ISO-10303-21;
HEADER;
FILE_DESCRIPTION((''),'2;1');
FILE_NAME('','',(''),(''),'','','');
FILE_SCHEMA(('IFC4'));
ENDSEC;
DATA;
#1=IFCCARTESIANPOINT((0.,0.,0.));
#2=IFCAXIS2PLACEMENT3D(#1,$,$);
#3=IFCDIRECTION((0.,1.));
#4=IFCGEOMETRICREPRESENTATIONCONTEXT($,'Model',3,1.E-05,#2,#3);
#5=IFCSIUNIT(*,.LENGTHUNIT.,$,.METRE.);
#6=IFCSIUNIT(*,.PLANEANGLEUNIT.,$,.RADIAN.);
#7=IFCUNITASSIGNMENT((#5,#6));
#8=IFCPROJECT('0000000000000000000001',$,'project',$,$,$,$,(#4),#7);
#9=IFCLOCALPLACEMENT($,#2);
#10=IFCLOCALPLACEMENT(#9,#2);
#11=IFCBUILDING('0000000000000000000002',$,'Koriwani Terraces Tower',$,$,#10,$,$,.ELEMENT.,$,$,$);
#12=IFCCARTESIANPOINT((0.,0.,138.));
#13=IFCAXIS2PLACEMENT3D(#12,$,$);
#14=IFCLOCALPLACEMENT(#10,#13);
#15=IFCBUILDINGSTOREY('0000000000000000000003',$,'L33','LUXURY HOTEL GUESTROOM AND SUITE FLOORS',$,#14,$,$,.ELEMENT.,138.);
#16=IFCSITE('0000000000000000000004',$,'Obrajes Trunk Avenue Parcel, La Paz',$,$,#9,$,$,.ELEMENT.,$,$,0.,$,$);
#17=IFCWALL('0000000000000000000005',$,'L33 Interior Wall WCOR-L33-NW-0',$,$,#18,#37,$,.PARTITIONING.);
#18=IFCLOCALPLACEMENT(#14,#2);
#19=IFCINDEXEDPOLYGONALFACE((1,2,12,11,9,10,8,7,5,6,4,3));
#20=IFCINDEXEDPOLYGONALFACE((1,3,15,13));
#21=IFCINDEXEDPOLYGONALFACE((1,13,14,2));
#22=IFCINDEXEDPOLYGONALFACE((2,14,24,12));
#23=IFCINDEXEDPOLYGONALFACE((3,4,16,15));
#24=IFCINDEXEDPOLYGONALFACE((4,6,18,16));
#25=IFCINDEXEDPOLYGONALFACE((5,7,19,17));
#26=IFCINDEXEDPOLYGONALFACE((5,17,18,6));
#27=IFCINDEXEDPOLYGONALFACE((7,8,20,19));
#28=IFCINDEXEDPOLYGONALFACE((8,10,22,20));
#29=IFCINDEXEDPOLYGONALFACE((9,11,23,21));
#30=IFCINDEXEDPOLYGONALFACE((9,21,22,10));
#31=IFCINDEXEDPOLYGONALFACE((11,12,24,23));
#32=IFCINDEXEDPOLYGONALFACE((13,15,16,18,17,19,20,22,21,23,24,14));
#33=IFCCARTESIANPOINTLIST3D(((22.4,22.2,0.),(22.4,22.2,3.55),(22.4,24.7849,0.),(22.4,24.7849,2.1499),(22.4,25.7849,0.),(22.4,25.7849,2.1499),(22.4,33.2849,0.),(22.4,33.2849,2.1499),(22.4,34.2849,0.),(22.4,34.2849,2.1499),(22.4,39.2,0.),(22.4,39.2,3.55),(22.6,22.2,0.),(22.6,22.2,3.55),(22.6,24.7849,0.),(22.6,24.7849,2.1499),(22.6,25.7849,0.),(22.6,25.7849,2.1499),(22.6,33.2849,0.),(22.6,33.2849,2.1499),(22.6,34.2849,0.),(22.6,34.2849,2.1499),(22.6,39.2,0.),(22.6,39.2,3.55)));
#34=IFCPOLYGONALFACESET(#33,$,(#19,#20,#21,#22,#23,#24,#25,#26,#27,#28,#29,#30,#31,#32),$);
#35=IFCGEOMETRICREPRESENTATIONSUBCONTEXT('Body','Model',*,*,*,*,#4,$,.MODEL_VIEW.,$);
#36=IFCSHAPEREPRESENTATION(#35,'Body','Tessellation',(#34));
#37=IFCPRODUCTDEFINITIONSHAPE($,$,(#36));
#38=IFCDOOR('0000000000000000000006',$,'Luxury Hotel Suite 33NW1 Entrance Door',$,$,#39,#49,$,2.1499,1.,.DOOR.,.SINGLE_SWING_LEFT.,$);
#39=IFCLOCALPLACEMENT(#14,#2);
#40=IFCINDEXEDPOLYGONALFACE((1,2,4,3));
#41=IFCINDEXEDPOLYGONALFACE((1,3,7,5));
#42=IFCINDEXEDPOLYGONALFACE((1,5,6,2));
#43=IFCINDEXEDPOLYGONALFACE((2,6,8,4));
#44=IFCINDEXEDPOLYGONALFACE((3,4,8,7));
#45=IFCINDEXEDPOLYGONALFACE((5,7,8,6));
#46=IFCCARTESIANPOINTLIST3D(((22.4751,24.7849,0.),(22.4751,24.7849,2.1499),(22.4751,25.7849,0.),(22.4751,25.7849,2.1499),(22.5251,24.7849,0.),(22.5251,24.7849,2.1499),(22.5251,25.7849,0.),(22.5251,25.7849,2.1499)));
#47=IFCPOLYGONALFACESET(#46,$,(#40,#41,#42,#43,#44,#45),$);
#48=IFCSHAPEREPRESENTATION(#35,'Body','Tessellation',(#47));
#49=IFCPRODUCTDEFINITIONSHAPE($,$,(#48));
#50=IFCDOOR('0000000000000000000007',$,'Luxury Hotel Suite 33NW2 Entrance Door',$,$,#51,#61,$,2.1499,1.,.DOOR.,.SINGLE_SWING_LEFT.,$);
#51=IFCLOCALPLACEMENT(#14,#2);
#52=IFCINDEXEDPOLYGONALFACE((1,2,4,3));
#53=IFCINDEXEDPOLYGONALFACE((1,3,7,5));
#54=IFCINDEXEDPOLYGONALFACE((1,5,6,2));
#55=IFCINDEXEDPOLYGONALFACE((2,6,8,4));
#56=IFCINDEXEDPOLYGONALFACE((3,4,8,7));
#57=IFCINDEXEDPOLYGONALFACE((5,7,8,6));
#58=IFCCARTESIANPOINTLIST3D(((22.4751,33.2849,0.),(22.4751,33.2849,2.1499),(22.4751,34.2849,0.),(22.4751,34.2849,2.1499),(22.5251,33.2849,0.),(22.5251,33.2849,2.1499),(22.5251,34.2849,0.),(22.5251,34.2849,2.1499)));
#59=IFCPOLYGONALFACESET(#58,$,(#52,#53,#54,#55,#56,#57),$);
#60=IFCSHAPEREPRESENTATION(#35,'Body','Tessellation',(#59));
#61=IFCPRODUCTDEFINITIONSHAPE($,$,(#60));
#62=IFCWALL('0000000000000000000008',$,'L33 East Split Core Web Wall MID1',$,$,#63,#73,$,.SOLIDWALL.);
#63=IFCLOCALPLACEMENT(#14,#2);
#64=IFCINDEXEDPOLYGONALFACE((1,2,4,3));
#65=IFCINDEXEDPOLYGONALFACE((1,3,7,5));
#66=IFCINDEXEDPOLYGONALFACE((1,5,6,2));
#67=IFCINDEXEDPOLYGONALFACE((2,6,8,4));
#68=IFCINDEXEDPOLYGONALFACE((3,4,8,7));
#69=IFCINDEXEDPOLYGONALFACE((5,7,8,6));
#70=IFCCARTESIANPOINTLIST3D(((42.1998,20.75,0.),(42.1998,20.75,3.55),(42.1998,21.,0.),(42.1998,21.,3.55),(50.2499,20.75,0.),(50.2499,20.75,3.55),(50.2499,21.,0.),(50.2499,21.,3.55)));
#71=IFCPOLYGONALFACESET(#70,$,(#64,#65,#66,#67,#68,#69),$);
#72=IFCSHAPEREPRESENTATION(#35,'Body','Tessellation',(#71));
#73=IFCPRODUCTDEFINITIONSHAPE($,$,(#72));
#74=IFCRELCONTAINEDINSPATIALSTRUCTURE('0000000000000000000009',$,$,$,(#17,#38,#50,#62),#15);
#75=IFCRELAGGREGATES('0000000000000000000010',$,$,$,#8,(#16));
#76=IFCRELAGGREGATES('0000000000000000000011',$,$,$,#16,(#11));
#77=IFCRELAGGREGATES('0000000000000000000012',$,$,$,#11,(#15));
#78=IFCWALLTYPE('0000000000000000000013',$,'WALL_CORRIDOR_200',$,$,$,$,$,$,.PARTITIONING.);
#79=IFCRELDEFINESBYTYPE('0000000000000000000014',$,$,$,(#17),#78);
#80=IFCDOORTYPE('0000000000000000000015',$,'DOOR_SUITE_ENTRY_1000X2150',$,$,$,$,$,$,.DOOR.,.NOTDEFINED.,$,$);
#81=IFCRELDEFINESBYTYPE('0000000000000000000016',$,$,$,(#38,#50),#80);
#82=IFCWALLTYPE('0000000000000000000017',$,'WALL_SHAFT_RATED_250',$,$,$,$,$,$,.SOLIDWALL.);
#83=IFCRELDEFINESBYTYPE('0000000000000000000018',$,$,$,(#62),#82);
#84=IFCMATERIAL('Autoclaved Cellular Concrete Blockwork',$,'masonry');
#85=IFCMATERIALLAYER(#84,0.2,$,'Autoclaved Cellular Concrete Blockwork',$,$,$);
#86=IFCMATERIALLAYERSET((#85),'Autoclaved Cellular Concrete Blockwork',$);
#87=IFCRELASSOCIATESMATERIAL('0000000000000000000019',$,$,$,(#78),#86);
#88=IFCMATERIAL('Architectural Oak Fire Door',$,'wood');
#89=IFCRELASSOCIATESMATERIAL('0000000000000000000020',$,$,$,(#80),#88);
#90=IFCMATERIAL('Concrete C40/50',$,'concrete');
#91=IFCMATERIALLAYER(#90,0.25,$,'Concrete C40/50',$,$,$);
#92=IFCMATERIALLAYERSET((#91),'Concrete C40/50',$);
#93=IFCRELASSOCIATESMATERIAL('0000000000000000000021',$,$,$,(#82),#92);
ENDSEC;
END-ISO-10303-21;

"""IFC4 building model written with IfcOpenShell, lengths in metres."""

from ifc_helpers import new_model, si_unit, direction, frame, frame_2d, origin, place, context, subcontext, project, spatial, rectangle, extrude, material, layer, layer_set, type_object, element, fill, save


model = new_model("IFC4")

# Units and contexts
model_context = context("Model", 3, precision=1e-05, world=origin(), true_north=direction((0.0, 1.0)))
body_context = subcontext(model_context, "Body", "Model", "MODEL_VIEW")
ifc_project = project(units=[si_unit("LENGTHUNIT", "METRE"), si_unit("PLANEANGLEUNIT", "RADIAN")], contexts=[model_context])

# Site, building, storey
site_placement = place(None, origin())
site = spatial("IfcSite", under=ifc_project, at=site_placement, Name="Obrajes Trunk Avenue Parcel, La Paz", CompositionType="ELEMENT", RefElevation=0.0)
building_placement = place(site_placement, origin())
building = spatial("IfcBuilding", under=site, at=building_placement, Name="Koriwani Terraces Tower", CompositionType="ELEMENT")
storey_placement = place(building_placement, frame((0.0, 0.0, 138.0)))
storey = spatial("IfcBuildingStorey", under=building, at=storey_placement, Name="L33", Description="LUXURY HOTEL GUESTROOM AND SUITE FLOORS", CompositionType="ELEMENT", Elevation=138.0)

# Shared definitions
ifc_material_1 = material(Name="Concrete C40/50", Category="concrete")

# Shared definitions
ifc_material_2 = material(Name="Autoclaved Cellular Concrete Blockwork", Category="masonry")
ifc_layer_1 = layer(ifc_material_2, 0.2, Name="Autoclaved Cellular Concrete Blockwork")
ifc_layer_set_1 = layer_set([ifc_layer_1], Name="Autoclaved Cellular Concrete Blockwork")
wall_type_1 = type_object("IfcWallType", Name="WALL_CORRIDOR_200", PredefinedType="PARTITIONING", material=ifc_layer_set_1)
ifc_material_3 = material(Name="Architectural Oak Fire Door", Category="wood")

# Wall, openings, doors
wall_1_placement = place(storey_placement, frame((22.5, 22.2, 0.0), z_axis=(0.0, 0.0, 1.0), x_axis=(0.0, 1.0, 0.0)))
wall_1 = element("IfcWall", 1, at=wall_1_placement, inside=storey, type_object=wall_type_1, Name="L33 Interior Wall WCOR-L33-NW-0", PredefinedType="PARTITIONING", context=body_context, shape_type="SweptSolid", body=[
    extrude(rectangle(XDim=17.0, YDim=0.2, at=frame_2d((8.5, 0.0))), origin(), (0.0, 0.0, 1.0), 3.55),
])
opening_1_placement = place(wall_1_placement, frame((2.585, 0.0, 0.0)))
opening_1 = element("IfcOpeningElement", 2, at=opening_1_placement, cuts=wall_1, PredefinedType="OPENING", context=body_context, shape_type="SweptSolid", body=[
    extrude(rectangle(XDim=1.0, YDim=2.1499, at=frame_2d((0.5, 1.075))), frame((0.0, 0.1099, 0.0), z_axis=(0.0, -1.0, 0.0), x_axis=(1.0, 0.0, 0.0)), (0.0, 0.0, 1.0), 0.22),
])
opening_2_placement = place(wall_1_placement, frame((11.085, 0.0, 0.0)))
opening_2 = element("IfcOpeningElement", 3, at=opening_2_placement, cuts=wall_1, PredefinedType="OPENING", context=body_context, shape_type="SweptSolid", body=[
    extrude(rectangle(XDim=1.0, YDim=2.1499, at=frame_2d((0.5, 1.075))), frame((0.0, 0.1099, 0.0), z_axis=(0.0, -1.0, 0.0), x_axis=(1.0, 0.0, 0.0)), (0.0, 0.0, 1.0), 0.22),
])
door_type_1 = type_object("IfcDoorType", Name="DOOR_SUITE_ENTRY_1000X2150", OperationType="NOTDEFINED", PredefinedType="DOOR", material=ifc_material_3)
door_1_placement = place(opening_1_placement, origin())
door_1 = element("IfcDoor", 4, at=door_1_placement, inside=storey, type_object=door_type_1, Name="Luxury Hotel Suite 33NW1 Entrance Door", OperationType="SINGLE_SWING_LEFT", OverallHeight=2.1499, OverallWidth=1.0, PredefinedType="DOOR", context=body_context, shape_type="SweptSolid", body=[
    extrude(rectangle(XDim=1.0, YDim=2.1499, at=frame_2d((0.5, 1.075))), frame((0.0, 0.0249, 0.0), z_axis=(0.0, -1.0, 0.0), x_axis=(1.0, 0.0, 0.0)), (0.0, 0.0, 1.0), 0.05),
])
fill(opening_1, door_1)
door_2_placement = place(opening_2_placement, origin())
door_2 = element("IfcDoor", 5, at=door_2_placement, inside=storey, type_object=door_type_1, Name="Luxury Hotel Suite 33NW2 Entrance Door", OperationType="SINGLE_SWING_LEFT", OverallHeight=2.1499, OverallWidth=1.0, PredefinedType="DOOR", context=body_context, shape_type="SweptSolid", body=[
    extrude(rectangle(XDim=1.0, YDim=2.1499, at=frame_2d((0.5, 1.075))), frame((0.0, 0.0249, 0.0), z_axis=(0.0, -1.0, 0.0), x_axis=(1.0, 0.0, 0.0)), (0.0, 0.0, 1.0), 0.05),
])
fill(opening_2, door_2)

# Wall
ifc_layer_2 = layer(ifc_material_1, 0.25, Name="Concrete C40/50")
ifc_layer_set_2 = layer_set([ifc_layer_2], Name="Concrete C40/50")
wall_type_2 = type_object("IfcWallType", Name="WALL_SHAFT_RATED_250", PredefinedType="SOLIDWALL", material=ifc_layer_set_2)
wall_2_placement = place(storey_placement, frame((42.2, 20.875, 0.0), z_axis=(0.0, 0.0, 1.0), x_axis=(1.0, 0.0, 0.0)))
element("IfcWall", 6, at=wall_2_placement, inside=storey, type_object=wall_type_2, Name="L33 East Split Core Web Wall MID1", PredefinedType="SOLIDWALL", context=body_context, shape_type="SweptSolid", body=[
    extrude(rectangle(XDim=8.05, YDim=0.25, at=frame_2d((4.0249, 0.0))), origin(), (0.0, 0.0, 1.0), 3.55),
])

save(model, "model.ifc")
